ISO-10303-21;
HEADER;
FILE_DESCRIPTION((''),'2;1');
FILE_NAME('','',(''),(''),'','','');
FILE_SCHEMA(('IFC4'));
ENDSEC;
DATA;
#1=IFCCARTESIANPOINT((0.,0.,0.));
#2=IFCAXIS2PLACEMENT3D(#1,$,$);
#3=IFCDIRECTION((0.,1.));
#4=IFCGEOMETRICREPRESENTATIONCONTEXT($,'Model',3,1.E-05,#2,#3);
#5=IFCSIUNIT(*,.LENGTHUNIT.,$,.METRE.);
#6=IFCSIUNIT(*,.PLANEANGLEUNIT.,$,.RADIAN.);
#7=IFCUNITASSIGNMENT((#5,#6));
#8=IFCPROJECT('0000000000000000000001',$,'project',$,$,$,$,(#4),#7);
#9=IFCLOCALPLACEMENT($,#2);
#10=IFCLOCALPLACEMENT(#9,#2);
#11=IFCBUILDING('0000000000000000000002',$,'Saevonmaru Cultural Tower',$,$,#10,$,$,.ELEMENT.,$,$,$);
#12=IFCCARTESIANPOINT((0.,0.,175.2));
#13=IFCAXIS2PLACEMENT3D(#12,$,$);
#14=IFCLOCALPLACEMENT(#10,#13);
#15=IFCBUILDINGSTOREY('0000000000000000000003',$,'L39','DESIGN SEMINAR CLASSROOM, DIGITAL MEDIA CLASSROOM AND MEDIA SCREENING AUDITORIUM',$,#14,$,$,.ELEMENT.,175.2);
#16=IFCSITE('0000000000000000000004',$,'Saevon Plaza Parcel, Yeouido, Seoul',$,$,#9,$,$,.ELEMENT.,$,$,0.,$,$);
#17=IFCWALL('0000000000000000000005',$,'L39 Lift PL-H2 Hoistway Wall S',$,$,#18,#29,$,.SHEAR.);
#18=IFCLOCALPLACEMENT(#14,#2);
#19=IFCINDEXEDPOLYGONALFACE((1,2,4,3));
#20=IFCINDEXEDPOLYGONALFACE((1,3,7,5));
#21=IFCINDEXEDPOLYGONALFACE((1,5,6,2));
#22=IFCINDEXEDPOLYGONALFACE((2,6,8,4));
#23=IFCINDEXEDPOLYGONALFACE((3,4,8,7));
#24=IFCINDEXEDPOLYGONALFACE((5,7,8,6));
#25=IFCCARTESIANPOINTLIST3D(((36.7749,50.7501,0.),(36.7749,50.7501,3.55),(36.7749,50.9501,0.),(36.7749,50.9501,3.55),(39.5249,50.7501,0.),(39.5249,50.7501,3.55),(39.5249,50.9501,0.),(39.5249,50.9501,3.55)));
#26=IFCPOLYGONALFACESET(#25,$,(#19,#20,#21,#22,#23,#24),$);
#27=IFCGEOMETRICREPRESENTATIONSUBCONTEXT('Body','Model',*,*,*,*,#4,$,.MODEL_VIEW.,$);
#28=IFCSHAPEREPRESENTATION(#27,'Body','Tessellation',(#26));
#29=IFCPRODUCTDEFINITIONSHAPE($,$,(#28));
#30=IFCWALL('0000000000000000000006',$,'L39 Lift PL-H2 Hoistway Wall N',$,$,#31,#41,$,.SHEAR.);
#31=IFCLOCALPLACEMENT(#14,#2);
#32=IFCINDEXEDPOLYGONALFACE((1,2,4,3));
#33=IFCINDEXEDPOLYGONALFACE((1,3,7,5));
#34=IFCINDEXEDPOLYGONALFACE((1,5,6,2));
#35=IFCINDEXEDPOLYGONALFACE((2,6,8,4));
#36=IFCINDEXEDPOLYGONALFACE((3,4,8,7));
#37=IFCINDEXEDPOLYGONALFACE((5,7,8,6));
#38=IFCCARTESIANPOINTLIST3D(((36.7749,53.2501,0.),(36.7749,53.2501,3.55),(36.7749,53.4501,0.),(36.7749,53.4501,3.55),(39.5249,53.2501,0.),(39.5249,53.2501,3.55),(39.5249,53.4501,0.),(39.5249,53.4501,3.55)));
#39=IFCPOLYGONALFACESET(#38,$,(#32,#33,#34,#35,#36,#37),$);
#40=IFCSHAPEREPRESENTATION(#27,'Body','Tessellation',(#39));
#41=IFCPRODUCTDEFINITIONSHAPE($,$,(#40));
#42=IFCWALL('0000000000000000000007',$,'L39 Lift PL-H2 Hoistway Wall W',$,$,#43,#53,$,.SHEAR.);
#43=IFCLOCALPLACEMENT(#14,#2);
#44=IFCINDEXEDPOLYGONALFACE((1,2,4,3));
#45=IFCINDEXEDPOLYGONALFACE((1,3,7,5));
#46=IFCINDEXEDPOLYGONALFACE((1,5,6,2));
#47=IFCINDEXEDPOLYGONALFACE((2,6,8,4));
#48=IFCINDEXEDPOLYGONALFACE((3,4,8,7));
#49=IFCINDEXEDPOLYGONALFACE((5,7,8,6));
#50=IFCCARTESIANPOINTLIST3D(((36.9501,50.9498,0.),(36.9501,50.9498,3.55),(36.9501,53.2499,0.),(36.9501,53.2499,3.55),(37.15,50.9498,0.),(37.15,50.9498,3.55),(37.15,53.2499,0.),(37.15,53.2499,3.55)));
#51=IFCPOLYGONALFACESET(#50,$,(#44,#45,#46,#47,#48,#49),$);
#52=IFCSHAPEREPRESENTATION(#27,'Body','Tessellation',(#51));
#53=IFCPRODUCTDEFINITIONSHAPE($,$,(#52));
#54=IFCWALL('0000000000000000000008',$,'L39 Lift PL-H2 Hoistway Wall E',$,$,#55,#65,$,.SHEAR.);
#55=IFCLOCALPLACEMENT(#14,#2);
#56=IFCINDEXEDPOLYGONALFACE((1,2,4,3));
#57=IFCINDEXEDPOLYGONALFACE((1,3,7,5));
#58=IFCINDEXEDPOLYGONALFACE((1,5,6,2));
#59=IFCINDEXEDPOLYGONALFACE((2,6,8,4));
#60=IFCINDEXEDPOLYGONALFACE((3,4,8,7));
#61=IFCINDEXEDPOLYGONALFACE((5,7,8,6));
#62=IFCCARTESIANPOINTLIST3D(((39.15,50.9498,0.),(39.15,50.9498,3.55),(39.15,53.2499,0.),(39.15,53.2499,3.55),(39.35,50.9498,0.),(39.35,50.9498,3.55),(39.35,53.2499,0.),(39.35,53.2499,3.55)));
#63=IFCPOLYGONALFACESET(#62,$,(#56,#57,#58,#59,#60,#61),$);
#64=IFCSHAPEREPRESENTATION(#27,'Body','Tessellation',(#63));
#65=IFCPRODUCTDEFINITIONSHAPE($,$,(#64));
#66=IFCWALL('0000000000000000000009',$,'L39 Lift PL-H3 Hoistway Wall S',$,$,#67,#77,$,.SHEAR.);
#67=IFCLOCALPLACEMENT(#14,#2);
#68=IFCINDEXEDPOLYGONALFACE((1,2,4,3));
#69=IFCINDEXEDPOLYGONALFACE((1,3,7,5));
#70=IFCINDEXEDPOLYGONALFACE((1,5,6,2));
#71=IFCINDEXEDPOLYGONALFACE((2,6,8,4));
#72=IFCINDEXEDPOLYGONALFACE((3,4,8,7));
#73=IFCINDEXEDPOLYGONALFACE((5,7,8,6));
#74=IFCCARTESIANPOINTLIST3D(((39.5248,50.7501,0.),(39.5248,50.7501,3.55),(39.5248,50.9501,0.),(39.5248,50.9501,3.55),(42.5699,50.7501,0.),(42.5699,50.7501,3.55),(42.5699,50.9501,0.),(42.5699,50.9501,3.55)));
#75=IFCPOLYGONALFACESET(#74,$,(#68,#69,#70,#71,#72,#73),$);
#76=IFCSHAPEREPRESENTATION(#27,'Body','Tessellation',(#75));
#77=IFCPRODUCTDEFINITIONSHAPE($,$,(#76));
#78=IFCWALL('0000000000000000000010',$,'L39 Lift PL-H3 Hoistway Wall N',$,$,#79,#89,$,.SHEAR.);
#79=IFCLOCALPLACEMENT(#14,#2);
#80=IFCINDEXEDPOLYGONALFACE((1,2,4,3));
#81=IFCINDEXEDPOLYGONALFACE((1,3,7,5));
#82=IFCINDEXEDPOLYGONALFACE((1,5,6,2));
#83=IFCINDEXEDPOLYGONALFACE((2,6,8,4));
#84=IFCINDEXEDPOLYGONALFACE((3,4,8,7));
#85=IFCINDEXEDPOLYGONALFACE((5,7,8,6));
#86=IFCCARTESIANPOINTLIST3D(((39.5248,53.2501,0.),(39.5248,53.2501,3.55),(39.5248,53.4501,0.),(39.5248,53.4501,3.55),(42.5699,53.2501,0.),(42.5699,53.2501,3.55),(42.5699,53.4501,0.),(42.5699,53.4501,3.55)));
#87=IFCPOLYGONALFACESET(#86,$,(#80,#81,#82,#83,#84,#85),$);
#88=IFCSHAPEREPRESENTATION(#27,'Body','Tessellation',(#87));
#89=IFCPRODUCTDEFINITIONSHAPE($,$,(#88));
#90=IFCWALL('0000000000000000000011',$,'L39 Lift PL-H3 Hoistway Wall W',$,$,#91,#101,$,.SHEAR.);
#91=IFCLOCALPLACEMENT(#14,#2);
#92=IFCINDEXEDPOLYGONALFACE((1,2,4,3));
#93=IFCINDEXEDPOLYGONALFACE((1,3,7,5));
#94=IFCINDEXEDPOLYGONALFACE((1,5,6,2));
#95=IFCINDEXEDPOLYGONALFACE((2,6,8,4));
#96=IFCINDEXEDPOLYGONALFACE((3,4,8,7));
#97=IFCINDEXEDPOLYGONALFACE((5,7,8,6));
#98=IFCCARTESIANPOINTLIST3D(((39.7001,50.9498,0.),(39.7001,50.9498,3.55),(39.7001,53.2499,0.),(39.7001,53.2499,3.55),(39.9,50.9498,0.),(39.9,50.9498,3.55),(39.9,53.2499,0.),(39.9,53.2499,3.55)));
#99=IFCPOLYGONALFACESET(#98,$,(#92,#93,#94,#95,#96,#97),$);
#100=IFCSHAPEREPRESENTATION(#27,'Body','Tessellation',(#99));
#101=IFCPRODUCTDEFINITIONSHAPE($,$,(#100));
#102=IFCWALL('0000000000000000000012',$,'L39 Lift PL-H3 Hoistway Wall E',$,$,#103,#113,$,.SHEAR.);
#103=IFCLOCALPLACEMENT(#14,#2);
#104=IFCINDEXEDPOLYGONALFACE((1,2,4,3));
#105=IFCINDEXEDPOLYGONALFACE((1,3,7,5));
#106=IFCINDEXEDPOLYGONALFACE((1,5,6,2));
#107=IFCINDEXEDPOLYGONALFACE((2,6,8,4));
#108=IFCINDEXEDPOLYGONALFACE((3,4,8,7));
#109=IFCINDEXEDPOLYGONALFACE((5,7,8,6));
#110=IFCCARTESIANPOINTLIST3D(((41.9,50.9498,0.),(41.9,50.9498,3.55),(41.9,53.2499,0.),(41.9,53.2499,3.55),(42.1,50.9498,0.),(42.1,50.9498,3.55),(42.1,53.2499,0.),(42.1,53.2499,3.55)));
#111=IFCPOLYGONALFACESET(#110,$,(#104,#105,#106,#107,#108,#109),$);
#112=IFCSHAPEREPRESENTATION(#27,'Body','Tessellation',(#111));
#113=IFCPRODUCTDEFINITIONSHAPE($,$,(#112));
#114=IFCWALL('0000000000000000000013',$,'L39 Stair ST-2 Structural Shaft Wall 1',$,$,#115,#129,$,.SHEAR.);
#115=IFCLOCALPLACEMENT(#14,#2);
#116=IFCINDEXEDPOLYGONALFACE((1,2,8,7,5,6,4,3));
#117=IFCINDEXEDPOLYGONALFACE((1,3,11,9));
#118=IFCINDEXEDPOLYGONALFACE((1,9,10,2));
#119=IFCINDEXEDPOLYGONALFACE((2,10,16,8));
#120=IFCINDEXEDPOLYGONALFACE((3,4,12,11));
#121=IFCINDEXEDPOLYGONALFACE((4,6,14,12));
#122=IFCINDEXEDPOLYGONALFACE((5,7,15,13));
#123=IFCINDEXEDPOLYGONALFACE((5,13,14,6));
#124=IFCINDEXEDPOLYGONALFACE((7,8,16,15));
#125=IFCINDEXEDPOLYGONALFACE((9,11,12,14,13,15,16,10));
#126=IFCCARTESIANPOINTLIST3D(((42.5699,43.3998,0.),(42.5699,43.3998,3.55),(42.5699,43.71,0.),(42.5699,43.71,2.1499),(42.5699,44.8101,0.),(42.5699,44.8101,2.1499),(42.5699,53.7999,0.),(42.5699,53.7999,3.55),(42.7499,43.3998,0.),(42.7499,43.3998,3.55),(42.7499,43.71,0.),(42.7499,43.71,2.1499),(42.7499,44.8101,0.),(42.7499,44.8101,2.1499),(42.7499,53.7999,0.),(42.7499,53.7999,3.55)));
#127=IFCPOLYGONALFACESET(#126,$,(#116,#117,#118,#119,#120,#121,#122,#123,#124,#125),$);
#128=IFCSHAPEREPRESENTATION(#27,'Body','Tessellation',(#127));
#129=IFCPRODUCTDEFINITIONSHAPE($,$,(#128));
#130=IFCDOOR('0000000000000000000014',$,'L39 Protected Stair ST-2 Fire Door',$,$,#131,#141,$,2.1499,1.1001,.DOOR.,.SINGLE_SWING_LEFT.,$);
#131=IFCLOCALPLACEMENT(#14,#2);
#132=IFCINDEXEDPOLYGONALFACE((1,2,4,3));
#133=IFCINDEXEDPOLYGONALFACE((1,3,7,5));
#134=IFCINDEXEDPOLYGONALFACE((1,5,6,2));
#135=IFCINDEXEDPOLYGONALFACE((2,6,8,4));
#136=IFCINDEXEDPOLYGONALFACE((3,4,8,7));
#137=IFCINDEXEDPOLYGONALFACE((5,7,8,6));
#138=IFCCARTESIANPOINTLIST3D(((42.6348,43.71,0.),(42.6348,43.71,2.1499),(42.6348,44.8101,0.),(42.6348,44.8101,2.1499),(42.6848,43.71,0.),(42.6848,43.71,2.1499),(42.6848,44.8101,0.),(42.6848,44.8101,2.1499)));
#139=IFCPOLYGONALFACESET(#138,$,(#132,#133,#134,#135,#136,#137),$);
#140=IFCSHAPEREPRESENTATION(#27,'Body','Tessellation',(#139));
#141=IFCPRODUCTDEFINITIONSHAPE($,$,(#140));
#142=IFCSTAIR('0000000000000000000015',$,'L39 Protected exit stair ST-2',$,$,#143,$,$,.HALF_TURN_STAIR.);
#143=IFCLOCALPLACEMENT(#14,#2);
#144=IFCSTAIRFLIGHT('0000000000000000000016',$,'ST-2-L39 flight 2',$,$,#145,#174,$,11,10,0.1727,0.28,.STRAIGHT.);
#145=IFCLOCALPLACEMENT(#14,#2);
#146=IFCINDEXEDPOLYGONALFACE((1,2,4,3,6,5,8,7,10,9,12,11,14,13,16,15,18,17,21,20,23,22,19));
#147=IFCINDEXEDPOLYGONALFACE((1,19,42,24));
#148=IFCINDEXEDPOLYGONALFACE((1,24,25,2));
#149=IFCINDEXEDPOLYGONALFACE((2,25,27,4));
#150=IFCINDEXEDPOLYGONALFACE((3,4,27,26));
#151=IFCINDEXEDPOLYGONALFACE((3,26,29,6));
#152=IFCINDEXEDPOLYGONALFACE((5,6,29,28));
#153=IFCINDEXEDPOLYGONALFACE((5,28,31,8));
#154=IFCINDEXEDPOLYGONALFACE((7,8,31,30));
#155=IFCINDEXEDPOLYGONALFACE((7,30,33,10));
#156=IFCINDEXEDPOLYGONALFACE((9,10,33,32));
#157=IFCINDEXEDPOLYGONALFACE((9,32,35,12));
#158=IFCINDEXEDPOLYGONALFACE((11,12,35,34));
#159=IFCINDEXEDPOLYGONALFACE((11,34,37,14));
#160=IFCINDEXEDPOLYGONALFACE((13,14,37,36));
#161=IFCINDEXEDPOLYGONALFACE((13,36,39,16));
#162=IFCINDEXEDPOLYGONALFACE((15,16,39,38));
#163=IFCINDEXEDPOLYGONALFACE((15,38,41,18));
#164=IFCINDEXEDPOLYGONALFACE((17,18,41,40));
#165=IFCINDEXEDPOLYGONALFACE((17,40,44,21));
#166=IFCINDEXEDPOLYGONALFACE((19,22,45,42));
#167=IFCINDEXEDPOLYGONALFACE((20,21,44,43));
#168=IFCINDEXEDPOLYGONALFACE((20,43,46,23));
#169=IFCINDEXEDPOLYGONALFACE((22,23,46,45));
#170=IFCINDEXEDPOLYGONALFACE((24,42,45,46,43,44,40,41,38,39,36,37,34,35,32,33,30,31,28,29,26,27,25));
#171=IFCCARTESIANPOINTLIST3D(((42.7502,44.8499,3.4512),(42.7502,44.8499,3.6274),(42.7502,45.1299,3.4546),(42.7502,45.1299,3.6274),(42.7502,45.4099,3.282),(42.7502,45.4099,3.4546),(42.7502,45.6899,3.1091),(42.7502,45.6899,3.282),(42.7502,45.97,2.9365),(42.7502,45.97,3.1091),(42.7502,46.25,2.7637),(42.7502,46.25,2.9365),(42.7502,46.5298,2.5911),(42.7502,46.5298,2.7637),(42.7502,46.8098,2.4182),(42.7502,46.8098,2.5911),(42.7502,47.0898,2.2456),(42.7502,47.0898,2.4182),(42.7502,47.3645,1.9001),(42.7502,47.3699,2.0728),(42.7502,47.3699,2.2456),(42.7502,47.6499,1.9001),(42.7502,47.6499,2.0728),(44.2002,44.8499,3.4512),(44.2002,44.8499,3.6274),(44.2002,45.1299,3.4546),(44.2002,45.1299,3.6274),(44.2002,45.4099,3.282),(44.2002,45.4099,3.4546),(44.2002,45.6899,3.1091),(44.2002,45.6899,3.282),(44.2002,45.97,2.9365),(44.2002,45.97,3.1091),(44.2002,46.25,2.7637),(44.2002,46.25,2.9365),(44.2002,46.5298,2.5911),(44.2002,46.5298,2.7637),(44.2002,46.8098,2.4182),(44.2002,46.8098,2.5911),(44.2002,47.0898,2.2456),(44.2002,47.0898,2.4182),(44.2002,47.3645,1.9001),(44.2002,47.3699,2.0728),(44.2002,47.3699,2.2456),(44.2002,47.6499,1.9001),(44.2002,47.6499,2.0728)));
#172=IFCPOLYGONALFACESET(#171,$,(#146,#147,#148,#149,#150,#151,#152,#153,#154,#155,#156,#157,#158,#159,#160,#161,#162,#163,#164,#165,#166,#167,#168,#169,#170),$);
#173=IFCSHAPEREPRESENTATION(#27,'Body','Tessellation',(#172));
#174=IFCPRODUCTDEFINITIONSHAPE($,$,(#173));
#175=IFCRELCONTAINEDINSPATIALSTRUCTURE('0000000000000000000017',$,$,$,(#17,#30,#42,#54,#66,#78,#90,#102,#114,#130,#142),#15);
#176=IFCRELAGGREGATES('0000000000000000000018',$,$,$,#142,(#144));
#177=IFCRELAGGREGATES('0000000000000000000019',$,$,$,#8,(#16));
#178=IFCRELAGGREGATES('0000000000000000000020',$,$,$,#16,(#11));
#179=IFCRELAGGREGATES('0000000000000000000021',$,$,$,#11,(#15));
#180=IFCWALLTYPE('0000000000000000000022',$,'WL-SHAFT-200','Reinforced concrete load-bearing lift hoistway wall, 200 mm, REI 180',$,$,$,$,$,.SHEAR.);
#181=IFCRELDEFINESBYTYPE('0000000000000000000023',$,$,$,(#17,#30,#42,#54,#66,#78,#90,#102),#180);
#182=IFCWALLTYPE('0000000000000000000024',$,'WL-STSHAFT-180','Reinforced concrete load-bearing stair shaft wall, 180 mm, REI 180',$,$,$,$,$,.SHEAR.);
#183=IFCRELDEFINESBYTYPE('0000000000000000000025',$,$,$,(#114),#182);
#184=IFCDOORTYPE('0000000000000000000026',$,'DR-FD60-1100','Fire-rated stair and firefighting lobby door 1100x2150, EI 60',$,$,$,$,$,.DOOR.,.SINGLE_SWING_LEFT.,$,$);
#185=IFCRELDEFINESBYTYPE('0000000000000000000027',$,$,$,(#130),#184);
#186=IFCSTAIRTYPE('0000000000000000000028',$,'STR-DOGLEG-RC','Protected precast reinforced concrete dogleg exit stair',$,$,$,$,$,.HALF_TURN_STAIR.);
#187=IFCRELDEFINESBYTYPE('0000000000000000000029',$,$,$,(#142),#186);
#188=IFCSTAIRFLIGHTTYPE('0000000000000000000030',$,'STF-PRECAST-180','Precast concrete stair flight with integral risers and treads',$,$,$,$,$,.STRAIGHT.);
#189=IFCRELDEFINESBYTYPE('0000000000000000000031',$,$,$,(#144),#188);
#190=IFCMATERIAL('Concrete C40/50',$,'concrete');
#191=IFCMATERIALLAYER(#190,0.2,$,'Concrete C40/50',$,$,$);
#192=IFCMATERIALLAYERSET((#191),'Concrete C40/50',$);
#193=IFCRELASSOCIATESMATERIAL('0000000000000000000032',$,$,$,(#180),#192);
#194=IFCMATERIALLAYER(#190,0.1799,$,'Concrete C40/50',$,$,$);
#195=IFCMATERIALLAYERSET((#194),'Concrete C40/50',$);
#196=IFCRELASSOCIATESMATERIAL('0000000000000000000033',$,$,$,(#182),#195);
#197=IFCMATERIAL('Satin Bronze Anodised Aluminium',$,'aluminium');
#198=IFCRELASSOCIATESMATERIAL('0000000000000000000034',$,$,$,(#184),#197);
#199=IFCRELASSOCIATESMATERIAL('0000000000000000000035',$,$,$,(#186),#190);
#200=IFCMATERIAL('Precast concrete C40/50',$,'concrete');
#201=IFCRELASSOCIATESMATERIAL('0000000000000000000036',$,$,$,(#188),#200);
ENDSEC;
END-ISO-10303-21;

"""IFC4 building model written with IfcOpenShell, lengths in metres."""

from ifc_helpers import new_model, si_unit, direction, frame, frame_2d, origin, place, context, subcontext, project, spatial, polyline, rectangle, outline, extrude, material, layer, layer_set, type_object, element, fill, aggregate, save


model = new_model("IFC4")

# Units and contexts
model_context = context("Model", 3, precision=1e-05, world=origin(), true_north=direction((0.0, 1.0)))
body_context = subcontext(model_context, "Body", "Model", "MODEL_VIEW")
ifc_project = project(units=[si_unit("LENGTHUNIT", "METRE"), si_unit("PLANEANGLEUNIT", "RADIAN")], contexts=[model_context])

# Site, building, storey
site_placement = place(None, origin())
site = spatial("IfcSite", under=ifc_project, at=site_placement, Name="Saevon Plaza Parcel, Yeouido, Seoul", CompositionType="ELEMENT", RefElevation=0.0)
building_placement = place(site_placement, origin())
building = spatial("IfcBuilding", under=site, at=building_placement, Name="Saevonmaru Cultural Tower", CompositionType="ELEMENT")
storey_placement = place(building_placement, frame((0.0, 0.0, 175.2)))
storey = spatial("IfcBuildingStorey", under=building, at=storey_placement, Name="L39", Description="DESIGN SEMINAR CLASSROOM, DIGITAL MEDIA CLASSROOM AND MEDIA SCREENING AUDITORIUM", CompositionType="ELEMENT", Elevation=175.2)

# Shared definitions
ifc_material_1 = material(Name="Satin Bronze Anodised Aluminium", Category="aluminium")

# Walls
ifc_material_2 = material(Name="Concrete C40/50", Category="concrete")
ifc_layer_1 = layer(ifc_material_2, 0.2, Name="Concrete C40/50")
ifc_layer_set_1 = layer_set([ifc_layer_1], Name="Concrete C40/50")
wall_type_1 = type_object("IfcWallType", Name="WL-SHAFT-200", Description="Reinforced concrete load-bearing lift hoistway wall, 200 mm, REI 180", PredefinedType="SHEAR", material=ifc_layer_set_1)
for number, where, z_axis, x_axis, name in (
    (1, (36.7749, 50.8501, 0.0), (0.0, 0.0, 1.0), (1.0, 0.0, 0.0), "L39 Lift PL-H2 Hoistway Wall S"),
    (2, (36.7749, 53.3501, 0.0), (0.0, 0.0, 1.0), (1.0, 0.0, 0.0), "L39 Lift PL-H2 Hoistway Wall N"),
):
    element("IfcWall", number, at=place(storey_placement, frame(where, z_axis=z_axis, x_axis=x_axis)), inside=storey, type_object=wall_type_1, Name=name, PredefinedType="SHEAR", context=body_context, shape_type="SweptSolid", body=[
        extrude(rectangle(XDim=2.75, YDim=0.2, at=frame_2d((1.375, 0.0))), origin(), (0.0, 0.0, 1.0), 3.55),
    ])
for number, where, z_axis, x_axis, name in (
    (3, (37.05, 50.95, 0.0), (0.0, 0.0, 1.0), (0.0, 1.0, 0.0), "L39 Lift PL-H2 Hoistway Wall W"),
    (4, (39.25, 50.95, 0.0), (0.0, 0.0, 1.0), (0.0, 1.0, 0.0), "L39 Lift PL-H2 Hoistway Wall E"),
):
    element("IfcWall", number, at=place(storey_placement, frame(where, z_axis=z_axis, x_axis=x_axis)), inside=storey, type_object=wall_type_1, Name=name, PredefinedType="SHEAR", context=body_context, shape_type="SweptSolid", body=[
        extrude(rectangle(XDim=2.3, YDim=0.2, at=frame_2d((1.1499, 0.0))), origin(), (0.0, 0.0, 1.0), 3.55),
    ])
for number, where, z_axis, x_axis, name in (
    (5, (39.5249, 50.8501, 0.0), (0.0, 0.0, 1.0), (1.0, 0.0, 0.0), "L39 Lift PL-H3 Hoistway Wall S"),
    (6, (39.5249, 53.3501, 0.0), (0.0, 0.0, 1.0), (1.0, 0.0, 0.0), "L39 Lift PL-H3 Hoistway Wall N"),
):
    element("IfcWall", number, at=place(storey_placement, frame(where, z_axis=z_axis, x_axis=x_axis)), inside=storey, type_object=wall_type_1, Name=name, PredefinedType="SHEAR", context=body_context, shape_type="SweptSolid", body=[
        extrude(rectangle(XDim=3.0452, YDim=0.2, at=frame_2d((1.5225, 0.0))), origin(), (0.0, 0.0, 1.0), 3.55),
    ])
for number, where, z_axis, x_axis, name in (
    (7, (39.8, 50.95, 0.0), (0.0, 0.0, 1.0), (0.0, 1.0, 0.0), "L39 Lift PL-H3 Hoistway Wall W"),
    (8, (42.0, 50.95, 0.0), (0.0, 0.0, 1.0), (0.0, 1.0, 0.0), "L39 Lift PL-H3 Hoistway Wall E"),
):
    element("IfcWall", number, at=place(storey_placement, frame(where, z_axis=z_axis, x_axis=x_axis)), inside=storey, type_object=wall_type_1, Name=name, PredefinedType="SHEAR", context=body_context, shape_type="SweptSolid", body=[
        extrude(rectangle(XDim=2.3, YDim=0.2, at=frame_2d((1.1499, 0.0))), origin(), (0.0, 0.0, 1.0), 3.55),
    ])

# Wall, opening, door
ifc_layer_2 = layer(ifc_material_2, 0.1799, Name="Concrete C40/50")
ifc_layer_set_2 = layer_set([ifc_layer_2], Name="Concrete C40/50")
wall_type_2 = type_object("IfcWallType", Name="WL-STSHAFT-180", Description="Reinforced concrete load-bearing stair shaft wall, 180 mm, REI 180", PredefinedType="SHEAR", material=ifc_layer_set_2)
wall_1_placement = place(storey_placement, frame((42.6599, 53.8, 0.0), z_axis=(0.0, 0.0, 1.0), x_axis=(0.0, -1.0, 0.0)))
wall_1 = element("IfcWall", 9, at=wall_1_placement, inside=storey, type_object=wall_type_2, Name="L39 Stair ST-2 Structural Shaft Wall 1", PredefinedType="SHEAR", context=body_context, shape_type="SweptSolid", body=[
    extrude(rectangle(XDim=10.4001, YDim=0.1799, at=frame_2d((5.2002, 0.0))), origin(), (0.0, 0.0, 1.0), 3.55),
])
opening_placement = place(wall_1_placement, frame((8.99, 0.0, 0.0)))
opening = element("IfcOpeningElement", 10, at=opening_placement, cuts=wall_1, PredefinedType="OPENING", context=body_context, shape_type="SweptSolid", body=[
    extrude(rectangle(XDim=1.1001, YDim=2.1499, at=frame_2d((0.55, 1.075))), frame((0.0, 0.1001, 0.0), z_axis=(0.0, -1.0, 0.0), x_axis=(1.0, 0.0, 0.0)), (0.0, 0.0, 1.0), 0.2),
])
door_type = type_object("IfcDoorType", Name="DR-FD60-1100", Description="Fire-rated stair and firefighting lobby door 1100x2150, EI 60", OperationType="SINGLE_SWING_LEFT", PredefinedType="DOOR", material=ifc_material_1)
door_placement = place(opening_placement, origin())
door = element("IfcDoor", 11, at=door_placement, inside=storey, type_object=door_type, Name="L39 Protected Stair ST-2 Fire Door", OperationType="SINGLE_SWING_LEFT", OverallHeight=2.1499, OverallWidth=1.1001, PredefinedType="DOOR", context=body_context, shape_type="SweptSolid", body=[
    extrude(rectangle(XDim=1.1001, YDim=2.1499, at=frame_2d((0.55, 1.075))), frame((0.0, 0.0249, 0.0), z_axis=(0.0, -1.0, 0.0), x_axis=(1.0, 0.0, 0.0)), (0.0, 0.0, 1.0), 0.05),
])
fill(opening, door)

# Stair, stair flight
stair_type = type_object("IfcStairType", Name="STR-DOGLEG-RC", Description="Protected precast reinforced concrete dogleg exit stair", PredefinedType="HALF_TURN_STAIR", material=ifc_material_2)
stair_placement = place(storey_placement, origin())
stair = element("IfcStair", 12, at=stair_placement, inside=storey, type_object=stair_type, Name="L39 Protected exit stair ST-2", PredefinedType="HALF_TURN_STAIR")
ifc_material_3 = material(Name="Precast concrete C40/50", Category="concrete")
stair_flight_type = type_object("IfcStairFlightType", Name="STF-PRECAST-180", Description="Precast concrete stair flight with integral risers and treads", PredefinedType="STRAIGHT", material=ifc_material_3)
stair_flight_placement = place(storey_placement, frame((43.4751, 47.6499, 1.9001), z_axis=(0.0, 0.0, 1.0), x_axis=(0.0, -1.0, 0.0)))
stair_flight = element("IfcStairFlight", 13, at=stair_flight_placement, type_object=stair_flight_type, Name="ST-2-L39 flight 2", NumberOfRisers=11, NumberOfTreads=10, PredefinedType="STRAIGHT", RiserHeight=0.1727, TreadLength=0.28, context=body_context, shape_type="SweptSolid", body=[
    extrude(outline(polyline([(0.0, 0.0), (0.0, 0.1726), (0.28, 0.1726), (0.28, 0.3455), (0.5601, 0.3455), (0.5601, 0.5181), (0.8401, 0.5181), (0.8401, 0.6909), (1.1201, 0.6909), (1.1201, 0.8635), (1.3999, 0.8635), (1.3999, 1.0364), (1.6799, 1.0364), (1.6799, 1.209), (1.96, 1.209), (1.96, 1.3818), (2.24, 1.3818), (2.24, 1.5544), (2.52, 1.5544), (2.52, 1.7273), (2.8, 1.7273), (2.8, 1.8999), (2.8, 1.551), (0.2854, 0.0), (0.0, 0.0)])), frame((0.0, 0.7251, 0.0), z_axis=(0.0, -1.0, 0.0), x_axis=(1.0, 0.0, 0.0)), (0.0, 0.0, 1.0), 1.45),
])
aggregate(stair, [stair_flight])

save(model, "model.ifc")
